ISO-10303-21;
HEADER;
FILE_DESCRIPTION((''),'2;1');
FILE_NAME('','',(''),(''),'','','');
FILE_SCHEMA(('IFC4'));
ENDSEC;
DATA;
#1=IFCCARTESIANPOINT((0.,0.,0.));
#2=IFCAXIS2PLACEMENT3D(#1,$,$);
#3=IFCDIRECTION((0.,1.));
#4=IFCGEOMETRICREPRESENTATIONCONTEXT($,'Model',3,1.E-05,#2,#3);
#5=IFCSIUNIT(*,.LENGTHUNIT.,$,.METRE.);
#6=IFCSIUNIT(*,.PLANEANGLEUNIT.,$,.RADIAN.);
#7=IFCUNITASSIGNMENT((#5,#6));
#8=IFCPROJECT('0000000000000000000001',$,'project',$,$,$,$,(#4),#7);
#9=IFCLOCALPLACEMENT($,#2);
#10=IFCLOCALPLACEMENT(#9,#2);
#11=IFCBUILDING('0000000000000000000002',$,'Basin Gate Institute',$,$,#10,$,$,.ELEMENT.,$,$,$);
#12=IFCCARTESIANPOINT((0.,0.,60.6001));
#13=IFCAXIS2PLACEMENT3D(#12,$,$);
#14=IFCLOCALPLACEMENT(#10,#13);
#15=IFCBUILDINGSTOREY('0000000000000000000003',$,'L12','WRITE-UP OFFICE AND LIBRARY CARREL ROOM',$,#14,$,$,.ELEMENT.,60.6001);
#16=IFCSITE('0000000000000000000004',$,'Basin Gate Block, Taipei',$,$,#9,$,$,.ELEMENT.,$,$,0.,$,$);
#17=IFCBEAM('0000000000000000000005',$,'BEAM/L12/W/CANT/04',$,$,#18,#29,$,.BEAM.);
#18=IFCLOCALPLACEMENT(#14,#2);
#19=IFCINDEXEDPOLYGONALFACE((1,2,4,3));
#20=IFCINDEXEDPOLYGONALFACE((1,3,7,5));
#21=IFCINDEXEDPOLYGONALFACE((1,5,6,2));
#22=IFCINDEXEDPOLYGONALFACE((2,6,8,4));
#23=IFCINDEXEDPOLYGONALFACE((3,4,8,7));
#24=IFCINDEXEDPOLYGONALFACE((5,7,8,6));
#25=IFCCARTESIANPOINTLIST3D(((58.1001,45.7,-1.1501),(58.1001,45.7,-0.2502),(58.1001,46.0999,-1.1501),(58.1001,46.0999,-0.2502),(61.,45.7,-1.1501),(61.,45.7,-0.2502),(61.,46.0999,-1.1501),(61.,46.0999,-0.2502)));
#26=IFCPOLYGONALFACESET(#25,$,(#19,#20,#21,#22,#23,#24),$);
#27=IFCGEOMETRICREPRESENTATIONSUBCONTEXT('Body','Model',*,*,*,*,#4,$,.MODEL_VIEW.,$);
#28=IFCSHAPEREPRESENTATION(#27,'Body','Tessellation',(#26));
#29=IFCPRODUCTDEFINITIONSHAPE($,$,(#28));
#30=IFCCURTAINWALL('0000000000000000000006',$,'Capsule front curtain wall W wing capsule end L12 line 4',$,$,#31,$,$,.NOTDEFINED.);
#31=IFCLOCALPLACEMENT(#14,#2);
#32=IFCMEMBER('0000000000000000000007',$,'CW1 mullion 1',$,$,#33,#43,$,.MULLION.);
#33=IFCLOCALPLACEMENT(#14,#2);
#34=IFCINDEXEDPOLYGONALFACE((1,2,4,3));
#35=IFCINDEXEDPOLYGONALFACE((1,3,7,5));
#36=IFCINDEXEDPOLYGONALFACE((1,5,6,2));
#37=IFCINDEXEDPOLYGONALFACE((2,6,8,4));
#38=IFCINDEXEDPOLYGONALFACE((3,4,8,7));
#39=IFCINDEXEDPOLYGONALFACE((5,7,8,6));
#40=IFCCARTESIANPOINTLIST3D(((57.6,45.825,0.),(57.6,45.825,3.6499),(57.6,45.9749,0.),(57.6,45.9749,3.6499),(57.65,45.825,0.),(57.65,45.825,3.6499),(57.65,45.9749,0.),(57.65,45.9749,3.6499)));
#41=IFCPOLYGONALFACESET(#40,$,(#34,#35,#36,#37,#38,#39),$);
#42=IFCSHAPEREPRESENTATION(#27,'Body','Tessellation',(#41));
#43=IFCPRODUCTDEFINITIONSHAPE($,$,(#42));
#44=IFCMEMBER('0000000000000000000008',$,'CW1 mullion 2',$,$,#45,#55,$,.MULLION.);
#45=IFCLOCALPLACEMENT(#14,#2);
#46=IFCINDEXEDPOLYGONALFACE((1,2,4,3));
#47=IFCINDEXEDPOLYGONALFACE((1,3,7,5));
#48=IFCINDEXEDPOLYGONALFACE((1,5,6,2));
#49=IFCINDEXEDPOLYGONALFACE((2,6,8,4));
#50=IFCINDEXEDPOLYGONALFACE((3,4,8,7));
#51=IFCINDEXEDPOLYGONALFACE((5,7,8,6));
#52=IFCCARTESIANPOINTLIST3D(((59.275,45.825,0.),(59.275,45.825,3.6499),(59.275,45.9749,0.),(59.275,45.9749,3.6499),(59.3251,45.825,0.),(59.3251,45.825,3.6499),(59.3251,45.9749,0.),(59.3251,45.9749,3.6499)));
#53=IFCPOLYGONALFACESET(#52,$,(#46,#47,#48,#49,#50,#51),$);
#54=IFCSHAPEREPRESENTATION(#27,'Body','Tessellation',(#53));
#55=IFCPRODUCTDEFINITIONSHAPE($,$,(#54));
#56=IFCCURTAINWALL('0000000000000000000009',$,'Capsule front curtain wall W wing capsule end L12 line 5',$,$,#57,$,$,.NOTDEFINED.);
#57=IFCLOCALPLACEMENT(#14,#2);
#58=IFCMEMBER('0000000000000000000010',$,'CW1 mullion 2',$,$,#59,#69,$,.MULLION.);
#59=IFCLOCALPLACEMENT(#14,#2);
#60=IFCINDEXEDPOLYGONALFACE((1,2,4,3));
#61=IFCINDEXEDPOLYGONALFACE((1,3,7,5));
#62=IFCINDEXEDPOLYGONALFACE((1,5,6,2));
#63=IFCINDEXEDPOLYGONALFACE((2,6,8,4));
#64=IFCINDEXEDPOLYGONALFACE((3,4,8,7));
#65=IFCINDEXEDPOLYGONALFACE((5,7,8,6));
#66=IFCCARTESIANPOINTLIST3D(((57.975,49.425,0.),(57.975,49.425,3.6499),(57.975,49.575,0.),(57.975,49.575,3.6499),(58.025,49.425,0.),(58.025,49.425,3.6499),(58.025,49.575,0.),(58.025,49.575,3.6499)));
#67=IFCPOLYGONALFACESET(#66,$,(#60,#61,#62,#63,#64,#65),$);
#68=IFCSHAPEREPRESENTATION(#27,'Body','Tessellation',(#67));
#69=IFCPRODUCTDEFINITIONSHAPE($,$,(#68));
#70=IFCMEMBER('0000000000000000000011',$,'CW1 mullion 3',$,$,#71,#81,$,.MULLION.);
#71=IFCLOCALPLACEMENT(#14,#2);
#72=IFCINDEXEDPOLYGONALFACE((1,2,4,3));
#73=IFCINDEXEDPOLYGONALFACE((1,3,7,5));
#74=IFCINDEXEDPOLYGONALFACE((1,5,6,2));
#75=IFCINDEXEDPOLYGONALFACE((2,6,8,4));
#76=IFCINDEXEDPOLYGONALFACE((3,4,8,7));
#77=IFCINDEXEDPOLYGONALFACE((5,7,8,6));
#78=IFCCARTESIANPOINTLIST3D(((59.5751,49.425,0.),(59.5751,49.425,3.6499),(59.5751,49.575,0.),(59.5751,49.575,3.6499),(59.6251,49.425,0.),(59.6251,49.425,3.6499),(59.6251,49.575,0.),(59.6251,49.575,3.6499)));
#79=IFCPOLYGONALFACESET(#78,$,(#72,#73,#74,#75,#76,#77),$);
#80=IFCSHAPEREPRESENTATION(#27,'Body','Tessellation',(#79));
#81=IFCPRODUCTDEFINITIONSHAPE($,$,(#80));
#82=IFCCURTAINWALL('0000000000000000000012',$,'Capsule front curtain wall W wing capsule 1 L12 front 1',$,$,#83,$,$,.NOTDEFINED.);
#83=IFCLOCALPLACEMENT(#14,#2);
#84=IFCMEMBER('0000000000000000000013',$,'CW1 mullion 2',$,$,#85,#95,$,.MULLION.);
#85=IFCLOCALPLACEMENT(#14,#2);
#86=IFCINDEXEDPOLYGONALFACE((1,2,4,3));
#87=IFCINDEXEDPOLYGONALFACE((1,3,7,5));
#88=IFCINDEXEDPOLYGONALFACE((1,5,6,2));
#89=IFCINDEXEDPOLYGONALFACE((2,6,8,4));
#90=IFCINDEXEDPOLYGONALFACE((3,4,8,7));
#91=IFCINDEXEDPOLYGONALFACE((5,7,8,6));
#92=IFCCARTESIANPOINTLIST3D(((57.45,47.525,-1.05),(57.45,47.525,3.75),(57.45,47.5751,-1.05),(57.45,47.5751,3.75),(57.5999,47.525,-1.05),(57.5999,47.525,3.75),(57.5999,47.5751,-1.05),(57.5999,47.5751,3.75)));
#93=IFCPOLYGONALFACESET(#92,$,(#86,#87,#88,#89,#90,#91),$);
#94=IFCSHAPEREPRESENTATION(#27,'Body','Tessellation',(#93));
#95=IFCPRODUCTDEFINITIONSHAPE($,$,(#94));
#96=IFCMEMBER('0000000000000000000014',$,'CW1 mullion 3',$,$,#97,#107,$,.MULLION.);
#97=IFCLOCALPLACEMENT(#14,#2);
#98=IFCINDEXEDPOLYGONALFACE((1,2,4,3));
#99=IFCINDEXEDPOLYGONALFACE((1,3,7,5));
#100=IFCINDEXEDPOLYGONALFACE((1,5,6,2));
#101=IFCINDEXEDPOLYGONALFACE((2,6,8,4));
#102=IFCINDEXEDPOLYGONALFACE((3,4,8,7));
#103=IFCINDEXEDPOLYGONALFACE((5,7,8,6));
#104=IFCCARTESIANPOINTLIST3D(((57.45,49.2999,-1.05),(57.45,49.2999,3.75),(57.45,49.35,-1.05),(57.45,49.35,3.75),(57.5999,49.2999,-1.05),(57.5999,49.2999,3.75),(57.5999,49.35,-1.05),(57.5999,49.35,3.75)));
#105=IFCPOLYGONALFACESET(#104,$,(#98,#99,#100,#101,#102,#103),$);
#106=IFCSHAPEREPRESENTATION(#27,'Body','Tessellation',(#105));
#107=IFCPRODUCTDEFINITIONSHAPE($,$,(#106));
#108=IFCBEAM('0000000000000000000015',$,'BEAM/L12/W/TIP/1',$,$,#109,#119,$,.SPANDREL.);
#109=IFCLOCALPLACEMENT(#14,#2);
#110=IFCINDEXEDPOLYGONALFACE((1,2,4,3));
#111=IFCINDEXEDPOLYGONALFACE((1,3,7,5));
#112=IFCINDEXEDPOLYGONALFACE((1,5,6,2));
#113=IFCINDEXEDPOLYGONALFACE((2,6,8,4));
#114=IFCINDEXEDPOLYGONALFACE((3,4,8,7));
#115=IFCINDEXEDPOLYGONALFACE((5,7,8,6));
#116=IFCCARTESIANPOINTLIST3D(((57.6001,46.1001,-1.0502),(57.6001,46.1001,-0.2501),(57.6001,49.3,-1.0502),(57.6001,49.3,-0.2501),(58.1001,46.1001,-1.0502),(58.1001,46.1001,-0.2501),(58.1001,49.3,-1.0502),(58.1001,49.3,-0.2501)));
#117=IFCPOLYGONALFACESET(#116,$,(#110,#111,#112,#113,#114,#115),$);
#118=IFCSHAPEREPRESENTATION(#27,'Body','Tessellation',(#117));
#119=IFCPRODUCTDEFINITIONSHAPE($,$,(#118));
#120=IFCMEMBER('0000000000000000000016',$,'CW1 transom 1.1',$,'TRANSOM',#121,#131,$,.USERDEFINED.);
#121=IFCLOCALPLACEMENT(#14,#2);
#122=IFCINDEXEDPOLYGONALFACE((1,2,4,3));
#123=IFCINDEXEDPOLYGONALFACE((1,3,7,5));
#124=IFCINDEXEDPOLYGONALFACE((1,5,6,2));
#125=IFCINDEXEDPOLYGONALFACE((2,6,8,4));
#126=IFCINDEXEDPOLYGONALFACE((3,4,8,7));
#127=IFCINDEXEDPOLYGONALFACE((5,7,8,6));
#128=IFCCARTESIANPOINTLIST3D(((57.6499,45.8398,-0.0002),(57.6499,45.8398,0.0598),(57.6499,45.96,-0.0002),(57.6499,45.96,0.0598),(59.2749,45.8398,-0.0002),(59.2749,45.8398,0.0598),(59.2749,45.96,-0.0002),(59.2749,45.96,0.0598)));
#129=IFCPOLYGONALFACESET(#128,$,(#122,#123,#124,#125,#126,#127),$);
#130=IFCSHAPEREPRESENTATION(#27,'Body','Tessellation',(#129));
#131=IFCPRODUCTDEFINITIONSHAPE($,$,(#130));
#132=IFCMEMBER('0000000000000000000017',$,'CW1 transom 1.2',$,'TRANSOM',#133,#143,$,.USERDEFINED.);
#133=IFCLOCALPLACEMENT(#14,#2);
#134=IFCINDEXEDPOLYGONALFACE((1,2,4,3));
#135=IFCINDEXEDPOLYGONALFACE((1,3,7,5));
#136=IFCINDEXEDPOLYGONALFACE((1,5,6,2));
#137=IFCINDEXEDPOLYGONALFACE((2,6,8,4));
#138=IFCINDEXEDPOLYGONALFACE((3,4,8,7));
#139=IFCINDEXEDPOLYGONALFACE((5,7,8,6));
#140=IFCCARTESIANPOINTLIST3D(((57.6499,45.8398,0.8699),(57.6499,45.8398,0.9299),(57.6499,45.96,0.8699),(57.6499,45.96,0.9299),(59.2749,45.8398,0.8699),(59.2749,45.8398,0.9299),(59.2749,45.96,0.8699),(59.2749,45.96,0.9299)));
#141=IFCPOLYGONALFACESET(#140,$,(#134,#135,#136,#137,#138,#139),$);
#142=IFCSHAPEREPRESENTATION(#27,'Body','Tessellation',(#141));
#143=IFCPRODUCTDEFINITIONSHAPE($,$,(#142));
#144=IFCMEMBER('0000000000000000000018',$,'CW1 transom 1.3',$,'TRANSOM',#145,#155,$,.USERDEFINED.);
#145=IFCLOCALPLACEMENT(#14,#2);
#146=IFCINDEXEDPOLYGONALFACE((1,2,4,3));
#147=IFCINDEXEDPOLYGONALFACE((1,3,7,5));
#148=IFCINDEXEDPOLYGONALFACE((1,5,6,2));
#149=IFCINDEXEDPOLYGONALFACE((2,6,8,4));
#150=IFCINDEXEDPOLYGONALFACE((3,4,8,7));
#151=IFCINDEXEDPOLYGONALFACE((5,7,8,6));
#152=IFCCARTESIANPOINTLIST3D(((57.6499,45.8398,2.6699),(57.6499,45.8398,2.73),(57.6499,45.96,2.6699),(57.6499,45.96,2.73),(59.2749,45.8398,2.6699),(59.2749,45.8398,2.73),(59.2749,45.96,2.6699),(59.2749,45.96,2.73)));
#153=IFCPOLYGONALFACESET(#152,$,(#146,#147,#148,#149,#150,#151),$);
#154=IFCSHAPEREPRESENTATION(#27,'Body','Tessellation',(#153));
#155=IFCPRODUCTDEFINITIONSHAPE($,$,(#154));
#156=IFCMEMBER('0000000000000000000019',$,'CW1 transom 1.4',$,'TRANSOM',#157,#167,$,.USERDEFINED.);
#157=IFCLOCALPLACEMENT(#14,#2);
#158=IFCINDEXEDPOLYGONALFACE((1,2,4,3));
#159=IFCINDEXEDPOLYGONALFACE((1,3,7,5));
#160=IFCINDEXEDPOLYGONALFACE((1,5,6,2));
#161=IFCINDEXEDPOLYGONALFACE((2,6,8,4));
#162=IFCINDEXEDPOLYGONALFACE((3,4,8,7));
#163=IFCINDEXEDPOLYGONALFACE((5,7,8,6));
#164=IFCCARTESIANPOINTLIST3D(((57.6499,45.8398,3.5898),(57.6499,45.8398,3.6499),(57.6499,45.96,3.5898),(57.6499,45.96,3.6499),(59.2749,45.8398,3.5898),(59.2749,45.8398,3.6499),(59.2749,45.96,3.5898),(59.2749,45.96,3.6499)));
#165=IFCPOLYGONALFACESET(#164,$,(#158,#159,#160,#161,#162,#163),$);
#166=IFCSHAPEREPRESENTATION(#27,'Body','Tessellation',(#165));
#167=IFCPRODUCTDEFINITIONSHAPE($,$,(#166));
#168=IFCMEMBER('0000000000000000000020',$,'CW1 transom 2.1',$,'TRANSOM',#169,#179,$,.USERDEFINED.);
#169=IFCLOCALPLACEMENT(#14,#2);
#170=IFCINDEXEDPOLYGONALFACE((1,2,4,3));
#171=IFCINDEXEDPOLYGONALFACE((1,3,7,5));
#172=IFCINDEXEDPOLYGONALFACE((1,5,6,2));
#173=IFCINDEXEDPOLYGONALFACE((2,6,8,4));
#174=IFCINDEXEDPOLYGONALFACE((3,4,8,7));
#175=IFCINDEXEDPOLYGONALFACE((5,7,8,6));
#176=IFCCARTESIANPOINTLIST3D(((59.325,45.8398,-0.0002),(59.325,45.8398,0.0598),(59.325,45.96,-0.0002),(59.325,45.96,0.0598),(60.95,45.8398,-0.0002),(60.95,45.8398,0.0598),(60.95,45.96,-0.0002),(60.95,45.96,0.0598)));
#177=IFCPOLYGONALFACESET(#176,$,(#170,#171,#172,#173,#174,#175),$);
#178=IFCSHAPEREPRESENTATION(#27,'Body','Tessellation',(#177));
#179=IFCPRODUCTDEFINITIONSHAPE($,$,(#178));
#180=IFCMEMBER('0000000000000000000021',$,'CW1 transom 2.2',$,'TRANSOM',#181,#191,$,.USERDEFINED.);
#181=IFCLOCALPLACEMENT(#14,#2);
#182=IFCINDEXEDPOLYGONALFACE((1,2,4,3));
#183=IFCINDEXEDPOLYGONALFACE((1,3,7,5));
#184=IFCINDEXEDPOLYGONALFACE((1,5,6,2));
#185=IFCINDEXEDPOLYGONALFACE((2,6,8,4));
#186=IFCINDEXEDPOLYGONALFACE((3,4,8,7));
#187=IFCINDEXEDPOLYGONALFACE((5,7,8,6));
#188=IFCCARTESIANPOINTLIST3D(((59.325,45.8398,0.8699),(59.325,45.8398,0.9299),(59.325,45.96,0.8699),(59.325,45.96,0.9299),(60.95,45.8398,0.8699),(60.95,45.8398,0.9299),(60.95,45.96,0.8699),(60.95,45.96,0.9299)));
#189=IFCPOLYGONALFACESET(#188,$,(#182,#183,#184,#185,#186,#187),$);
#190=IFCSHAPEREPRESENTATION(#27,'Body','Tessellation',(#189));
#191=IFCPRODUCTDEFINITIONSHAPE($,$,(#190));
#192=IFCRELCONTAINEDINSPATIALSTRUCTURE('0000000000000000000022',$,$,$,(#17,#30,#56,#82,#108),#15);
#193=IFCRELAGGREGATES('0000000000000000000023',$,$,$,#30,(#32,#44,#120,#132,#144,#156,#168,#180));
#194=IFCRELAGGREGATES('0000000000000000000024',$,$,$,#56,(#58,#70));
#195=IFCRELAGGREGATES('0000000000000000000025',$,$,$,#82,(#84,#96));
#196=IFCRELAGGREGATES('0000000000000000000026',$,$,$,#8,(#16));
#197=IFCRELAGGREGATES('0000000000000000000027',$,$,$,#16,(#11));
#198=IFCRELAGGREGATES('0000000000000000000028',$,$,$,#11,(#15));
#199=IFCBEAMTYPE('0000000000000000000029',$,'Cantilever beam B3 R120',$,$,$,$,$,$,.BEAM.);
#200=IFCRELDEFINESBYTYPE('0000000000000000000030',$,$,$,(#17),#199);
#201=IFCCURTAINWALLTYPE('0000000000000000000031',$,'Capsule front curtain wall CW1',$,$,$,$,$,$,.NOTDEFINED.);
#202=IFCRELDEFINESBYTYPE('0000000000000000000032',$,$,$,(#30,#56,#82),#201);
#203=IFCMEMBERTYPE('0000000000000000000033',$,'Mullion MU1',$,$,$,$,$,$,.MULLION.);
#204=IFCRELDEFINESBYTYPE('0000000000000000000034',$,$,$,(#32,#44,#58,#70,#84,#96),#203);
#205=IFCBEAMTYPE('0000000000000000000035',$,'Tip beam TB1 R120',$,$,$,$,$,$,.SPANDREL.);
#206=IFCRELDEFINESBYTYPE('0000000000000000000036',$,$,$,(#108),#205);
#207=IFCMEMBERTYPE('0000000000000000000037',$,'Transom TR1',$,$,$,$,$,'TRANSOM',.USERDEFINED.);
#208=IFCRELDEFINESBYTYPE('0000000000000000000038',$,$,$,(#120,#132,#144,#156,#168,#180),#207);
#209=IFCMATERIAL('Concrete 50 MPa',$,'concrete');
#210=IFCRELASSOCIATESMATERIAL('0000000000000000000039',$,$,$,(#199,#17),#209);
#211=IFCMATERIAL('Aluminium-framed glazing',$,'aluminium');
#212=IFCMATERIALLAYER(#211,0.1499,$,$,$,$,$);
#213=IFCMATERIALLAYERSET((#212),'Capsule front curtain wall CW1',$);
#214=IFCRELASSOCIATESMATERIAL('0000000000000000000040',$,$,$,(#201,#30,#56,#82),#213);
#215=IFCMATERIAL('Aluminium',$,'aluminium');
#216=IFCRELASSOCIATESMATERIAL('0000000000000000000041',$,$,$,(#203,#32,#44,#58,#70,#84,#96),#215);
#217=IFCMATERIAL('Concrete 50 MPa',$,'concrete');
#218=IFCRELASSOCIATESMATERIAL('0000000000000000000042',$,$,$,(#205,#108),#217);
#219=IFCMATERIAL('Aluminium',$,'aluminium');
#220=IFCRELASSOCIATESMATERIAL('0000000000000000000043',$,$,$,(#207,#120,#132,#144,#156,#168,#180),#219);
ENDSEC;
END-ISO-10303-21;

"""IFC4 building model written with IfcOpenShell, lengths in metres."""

from ifc_helpers import new_model, si_unit, direction, frame, origin, origin_2d, place, context, subcontext, project, spatial, rectangle, extrude, material, layer, layer_set, material_profile, profile_set, type_object, element, aggregate, save


model = new_model("IFC4")

# Units and contexts
model_context = context("Model", 3, precision=1e-05, world=origin(), true_north=direction((0.0, 1.0)))
body_context = subcontext(model_context, "Body", "Model", "MODEL_VIEW")
ifc_project = project(units=[si_unit("LENGTHUNIT", "METRE"), si_unit("PLANEANGLEUNIT", "RADIAN")], contexts=[model_context])

# Site, building, storey
site_placement = place(None, origin())
site = spatial("IfcSite", under=ifc_project, at=site_placement, Name="Basin Gate Block, Taipei", CompositionType="ELEMENT", RefElevation=0.0)
building_placement = place(site_placement, origin())
building = spatial("IfcBuilding", under=site, at=building_placement, Name="Basin Gate Institute", CompositionType="ELEMENT")
storey_placement = place(building_placement, frame((0.0, 0.0, 60.6001)))
storey = spatial("IfcBuildingStorey", under=building, at=storey_placement, Name="L12", Description="WRITE-UP OFFICE AND LIBRARY CARREL ROOM", CompositionType="ELEMENT", Elevation=60.6001)

# Beam
ifc_material_1 = material(Name="Concrete 50 MPa", Category="concrete")
ifc_material_profile_1 = material_profile(ifc_material_1, rectangle(XDim=0.3999, YDim=0.8999, at=origin_2d()), Name="Cantilever beam B3 400 x 900")
ifc_profile_set_1 = profile_set([ifc_material_profile_1], Name="Concrete 50 MPa")
beam_type_1 = type_object("IfcBeamType", Name="Cantilever beam B3 R120", PredefinedType="BEAM", material=ifc_profile_set_1)
beam_1_placement = place(storey_placement, frame((58.1001, 45.8999, -0.7002), z_axis=(1.0, 0.0, 0.0), x_axis=(0.0, 1.0, 0.0)))
element("IfcBeam", 1, at=beam_1_placement, inside=storey, type_object=beam_type_1, material=ifc_profile_set_1, Name="BEAM/L12/W/CANT/04", PredefinedType="BEAM", context=body_context, shape_type="SweptSolid", body=[
    extrude(rectangle(XDim=0.3999, YDim=0.8999, at=origin_2d()), origin(), (0.0, 0.0, 1.0), 2.8999),
])

# Curtain walls, members
ifc_material_2 = material(Name="Aluminium-framed glazing", Category="aluminium")
ifc_layer_1 = layer(ifc_material_2, 0.1499)
ifc_layer_set_1 = layer_set([ifc_layer_1], Name="Capsule front curtain wall CW1")
curtain_wall_type = type_object("IfcCurtainWallType", Name="Capsule front curtain wall CW1", PredefinedType="NOTDEFINED", material=ifc_layer_set_1)
curtain_wall_1_placement = place(storey_placement, origin())
curtain_wall_1 = element("IfcCurtainWall", 2, at=curtain_wall_1_placement, inside=storey, type_object=curtain_wall_type, material=ifc_layer_set_1, Name="Capsule front curtain wall W wing capsule end L12 line 4", PredefinedType="NOTDEFINED")
ifc_material_3 = material(Name="Aluminium", Category="aluminium")
ifc_material_profile_2 = material_profile(ifc_material_3, rectangle(XDim=0.1499, YDim=0.05, at=origin_2d()), Name="Mullion MU1 150 x 50")
ifc_profile_set_2 = profile_set([ifc_material_profile_2], Name="Aluminium")
member_type_1 = type_object("IfcMemberType", Name="Mullion MU1", PredefinedType="MULLION", material=ifc_profile_set_2)
member_1_placement = place(storey_placement, frame((57.625, 45.8999, 0.0), z_axis=(0.0, 0.0, 1.0), x_axis=(0.0, 1.0, 0.0)))
member_1 = element("IfcMember", 3, at=member_1_placement, type_object=member_type_1, material=ifc_profile_set_2, Name="CW1 mullion 1", PredefinedType="MULLION", context=body_context, shape_type="SweptSolid", body=[
    extrude(rectangle(XDim=0.1499, YDim=0.05, at=origin_2d()), origin(), (0.0, 0.0, 1.0), 3.6499),
])
member_2_placement = place(storey_placement, frame((59.3, 45.8999, 0.0), z_axis=(0.0, 0.0, 1.0), x_axis=(0.0, 1.0, 0.0)))
member_2 = element("IfcMember", 4, at=member_2_placement, type_object=member_type_1, material=ifc_profile_set_2, Name="CW1 mullion 2", PredefinedType="MULLION", context=body_context, shape_type="SweptSolid", body=[
    extrude(rectangle(XDim=0.1499, YDim=0.05, at=origin_2d()), origin(), (0.0, 0.0, 1.0), 3.6499),
])
curtain_wall_2_placement = place(storey_placement, origin())
curtain_wall_2 = element("IfcCurtainWall", 5, at=curtain_wall_2_placement, inside=storey, type_object=curtain_wall_type, material=ifc_layer_set_1, Name="Capsule front curtain wall W wing capsule end L12 line 5", PredefinedType="NOTDEFINED")
member_3_placement = place(storey_placement, frame((58.0, 49.5, 0.0), z_axis=(0.0, 0.0, 1.0), x_axis=(0.0, 1.0, 0.0)))
member_3 = element("IfcMember", 6, at=member_3_placement, type_object=member_type_1, material=ifc_profile_set_2, Name="CW1 mullion 2", PredefinedType="MULLION", context=body_context, shape_type="SweptSolid", body=[
    extrude(rectangle(XDim=0.1499, YDim=0.05, at=origin_2d()), origin(), (0.0, 0.0, 1.0), 3.6499),
])
member_4_placement = place(storey_placement, frame((59.6001, 49.5, 0.0), z_axis=(0.0, 0.0, 1.0), x_axis=(0.0, 1.0, 0.0)))
member_4 = element("IfcMember", 7, at=member_4_placement, type_object=member_type_1, material=ifc_profile_set_2, Name="CW1 mullion 3", PredefinedType="MULLION", context=body_context, shape_type="SweptSolid", body=[
    extrude(rectangle(XDim=0.1499, YDim=0.05, at=origin_2d()), origin(), (0.0, 0.0, 1.0), 3.6499),
])
curtain_wall_3_placement = place(storey_placement, origin())
curtain_wall_3 = element("IfcCurtainWall", 8, at=curtain_wall_3_placement, inside=storey, type_object=curtain_wall_type, material=ifc_layer_set_1, Name="Capsule front curtain wall W wing capsule 1 L12 front 1", PredefinedType="NOTDEFINED")
member_5_placement = place(storey_placement, frame((57.5249, 47.55, -1.05), z_axis=(0.0, 0.0, 1.0), x_axis=(-1.0, 0.0, 0.0)))
member_5 = element("IfcMember", 9, at=member_5_placement, type_object=member_type_1, material=ifc_profile_set_2, Name="CW1 mullion 2", PredefinedType="MULLION", context=body_context, shape_type="SweptSolid", body=[
    extrude(rectangle(XDim=0.1499, YDim=0.05, at=origin_2d()), origin(), (0.0, 0.0, 1.0), 4.8),
])
member_6_placement = place(storey_placement, frame((57.5249, 49.325, -1.05), z_axis=(0.0, 0.0, 1.0), x_axis=(-1.0, 0.0, 0.0)))
member_6 = element("IfcMember", 10, at=member_6_placement, type_object=member_type_1, material=ifc_profile_set_2, Name="CW1 mullion 3", PredefinedType="MULLION", context=body_context, shape_type="SweptSolid", body=[
    extrude(rectangle(XDim=0.1499, YDim=0.05, at=origin_2d()), origin(), (0.0, 0.0, 1.0), 4.8),
])

# Beam
ifc_material_4 = material(Name="Concrete 50 MPa", Category="concrete")
ifc_material_profile_3 = material_profile(ifc_material_4, rectangle(XDim=0.5, YDim=0.8, at=origin_2d()), Name="Tip beam TB1 500 x 800")
ifc_profile_set_3 = profile_set([ifc_material_profile_3], Name="Concrete 50 MPa")
beam_type_2 = type_object("IfcBeamType", Name="Tip beam TB1 R120", PredefinedType="SPANDREL", material=ifc_profile_set_3)
beam_2_placement = place(storey_placement, frame((57.8501, 46.1001, -0.6501), z_axis=(0.0, 1.0, 0.0), x_axis=(-1.0, 0.0, 0.0)))
element("IfcBeam", 11, at=beam_2_placement, inside=storey, type_object=beam_type_2, material=ifc_profile_set_3, Name="BEAM/L12/W/TIP/1", PredefinedType="SPANDREL", context=body_context, shape_type="SweptSolid", body=[
    extrude(rectangle(XDim=0.5, YDim=0.8, at=origin_2d()), origin(), (0.0, 0.0, 1.0), 3.2),
])

# Members
ifc_material_5 = material(Name="Aluminium", Category="aluminium")
ifc_material_profile_4 = material_profile(ifc_material_5, rectangle(XDim=0.1201, YDim=0.0601, at=origin_2d()), Name="Transom TR1 120 x 60")
ifc_profile_set_4 = profile_set([ifc_material_profile_4], Name="Aluminium")
member_type_2 = type_object("IfcMemberType", Name="Transom TR1", ElementType="TRANSOM", PredefinedType="USERDEFINED", material=ifc_profile_set_4)
member_7_placement = place(storey_placement, frame((57.6499, 45.8999, 0.0298), z_axis=(1.0, 0.0, 0.0), x_axis=(0.0, 1.0, 0.0)))
member_7 = element("IfcMember", 12, at=member_7_placement, type_object=member_type_2, material=ifc_profile_set_4, Name="CW1 transom 1.1", ObjectType="TRANSOM", PredefinedType="USERDEFINED", context=body_context, shape_type="SweptSolid", body=[
    extrude(rectangle(XDim=0.1201, YDim=0.0601, at=origin_2d()), origin(), (0.0, 0.0, 1.0), 1.625),
])
member_8_placement = place(storey_placement, frame((57.6499, 45.8999, 0.8999), z_axis=(1.0, 0.0, 0.0), x_axis=(0.0, 1.0, 0.0)))
member_8 = element("IfcMember", 13, at=member_8_placement, type_object=member_type_2, material=ifc_profile_set_4, Name="CW1 transom 1.2", ObjectType="TRANSOM", PredefinedType="USERDEFINED", context=body_context, shape_type="SweptSolid", body=[
    extrude(rectangle(XDim=0.1201, YDim=0.0601, at=origin_2d()), origin(), (0.0, 0.0, 1.0), 1.625),
])
member_9_placement = place(storey_placement, frame((57.6499, 45.8999, 2.7), z_axis=(1.0, 0.0, 0.0), x_axis=(0.0, 1.0, 0.0)))
member_9 = element("IfcMember", 14, at=member_9_placement, type_object=member_type_2, material=ifc_profile_set_4, Name="CW1 transom 1.3", ObjectType="TRANSOM", PredefinedType="USERDEFINED", context=body_context, shape_type="SweptSolid", body=[
    extrude(rectangle(XDim=0.1201, YDim=0.0601, at=origin_2d()), origin(), (0.0, 0.0, 1.0), 1.625),
])
member_10_placement = place(storey_placement, frame((57.6499, 45.8999, 3.6199), z_axis=(1.0, 0.0, 0.0), x_axis=(0.0, 1.0, 0.0)))
member_10 = element("IfcMember", 15, at=member_10_placement, type_object=member_type_2, material=ifc_profile_set_4, Name="CW1 transom 1.4", ObjectType="TRANSOM", PredefinedType="USERDEFINED", context=body_context, shape_type="SweptSolid", body=[
    extrude(rectangle(XDim=0.1201, YDim=0.0601, at=origin_2d()), origin(), (0.0, 0.0, 1.0), 1.625),
])
member_11_placement = place(storey_placement, frame((59.325, 45.8999, 0.0298), z_axis=(1.0, 0.0, 0.0), x_axis=(0.0, 1.0, 0.0)))
member_11 = element("IfcMember", 16, at=member_11_placement, type_object=member_type_2, material=ifc_profile_set_4, Name="CW1 transom 2.1", ObjectType="TRANSOM", PredefinedType="USERDEFINED", context=body_context, shape_type="SweptSolid", body=[
    extrude(rectangle(XDim=0.1201, YDim=0.0601, at=origin_2d()), origin(), (0.0, 0.0, 1.0), 1.625),
])
member_12_placement = place(storey_placement, frame((59.325, 45.8999, 0.8999), z_axis=(1.0, 0.0, 0.0), x_axis=(0.0, 1.0, 0.0)))
member_12 = element("IfcMember", 17, at=member_12_placement, type_object=member_type_2, material=ifc_profile_set_4, Name="CW1 transom 2.2", ObjectType="TRANSOM", PredefinedType="USERDEFINED", context=body_context, shape_type="SweptSolid", body=[
    extrude(rectangle(XDim=0.1201, YDim=0.0601, at=origin_2d()), origin(), (0.0, 0.0, 1.0), 1.625),
])

aggregate(curtain_wall_1, [member_1, member_2, member_7, member_8, member_9, member_10, member_11, member_12])
aggregate(curtain_wall_2, [member_3, member_4])
aggregate(curtain_wall_3, [member_5, member_6])

save(model, "model.ifc")
